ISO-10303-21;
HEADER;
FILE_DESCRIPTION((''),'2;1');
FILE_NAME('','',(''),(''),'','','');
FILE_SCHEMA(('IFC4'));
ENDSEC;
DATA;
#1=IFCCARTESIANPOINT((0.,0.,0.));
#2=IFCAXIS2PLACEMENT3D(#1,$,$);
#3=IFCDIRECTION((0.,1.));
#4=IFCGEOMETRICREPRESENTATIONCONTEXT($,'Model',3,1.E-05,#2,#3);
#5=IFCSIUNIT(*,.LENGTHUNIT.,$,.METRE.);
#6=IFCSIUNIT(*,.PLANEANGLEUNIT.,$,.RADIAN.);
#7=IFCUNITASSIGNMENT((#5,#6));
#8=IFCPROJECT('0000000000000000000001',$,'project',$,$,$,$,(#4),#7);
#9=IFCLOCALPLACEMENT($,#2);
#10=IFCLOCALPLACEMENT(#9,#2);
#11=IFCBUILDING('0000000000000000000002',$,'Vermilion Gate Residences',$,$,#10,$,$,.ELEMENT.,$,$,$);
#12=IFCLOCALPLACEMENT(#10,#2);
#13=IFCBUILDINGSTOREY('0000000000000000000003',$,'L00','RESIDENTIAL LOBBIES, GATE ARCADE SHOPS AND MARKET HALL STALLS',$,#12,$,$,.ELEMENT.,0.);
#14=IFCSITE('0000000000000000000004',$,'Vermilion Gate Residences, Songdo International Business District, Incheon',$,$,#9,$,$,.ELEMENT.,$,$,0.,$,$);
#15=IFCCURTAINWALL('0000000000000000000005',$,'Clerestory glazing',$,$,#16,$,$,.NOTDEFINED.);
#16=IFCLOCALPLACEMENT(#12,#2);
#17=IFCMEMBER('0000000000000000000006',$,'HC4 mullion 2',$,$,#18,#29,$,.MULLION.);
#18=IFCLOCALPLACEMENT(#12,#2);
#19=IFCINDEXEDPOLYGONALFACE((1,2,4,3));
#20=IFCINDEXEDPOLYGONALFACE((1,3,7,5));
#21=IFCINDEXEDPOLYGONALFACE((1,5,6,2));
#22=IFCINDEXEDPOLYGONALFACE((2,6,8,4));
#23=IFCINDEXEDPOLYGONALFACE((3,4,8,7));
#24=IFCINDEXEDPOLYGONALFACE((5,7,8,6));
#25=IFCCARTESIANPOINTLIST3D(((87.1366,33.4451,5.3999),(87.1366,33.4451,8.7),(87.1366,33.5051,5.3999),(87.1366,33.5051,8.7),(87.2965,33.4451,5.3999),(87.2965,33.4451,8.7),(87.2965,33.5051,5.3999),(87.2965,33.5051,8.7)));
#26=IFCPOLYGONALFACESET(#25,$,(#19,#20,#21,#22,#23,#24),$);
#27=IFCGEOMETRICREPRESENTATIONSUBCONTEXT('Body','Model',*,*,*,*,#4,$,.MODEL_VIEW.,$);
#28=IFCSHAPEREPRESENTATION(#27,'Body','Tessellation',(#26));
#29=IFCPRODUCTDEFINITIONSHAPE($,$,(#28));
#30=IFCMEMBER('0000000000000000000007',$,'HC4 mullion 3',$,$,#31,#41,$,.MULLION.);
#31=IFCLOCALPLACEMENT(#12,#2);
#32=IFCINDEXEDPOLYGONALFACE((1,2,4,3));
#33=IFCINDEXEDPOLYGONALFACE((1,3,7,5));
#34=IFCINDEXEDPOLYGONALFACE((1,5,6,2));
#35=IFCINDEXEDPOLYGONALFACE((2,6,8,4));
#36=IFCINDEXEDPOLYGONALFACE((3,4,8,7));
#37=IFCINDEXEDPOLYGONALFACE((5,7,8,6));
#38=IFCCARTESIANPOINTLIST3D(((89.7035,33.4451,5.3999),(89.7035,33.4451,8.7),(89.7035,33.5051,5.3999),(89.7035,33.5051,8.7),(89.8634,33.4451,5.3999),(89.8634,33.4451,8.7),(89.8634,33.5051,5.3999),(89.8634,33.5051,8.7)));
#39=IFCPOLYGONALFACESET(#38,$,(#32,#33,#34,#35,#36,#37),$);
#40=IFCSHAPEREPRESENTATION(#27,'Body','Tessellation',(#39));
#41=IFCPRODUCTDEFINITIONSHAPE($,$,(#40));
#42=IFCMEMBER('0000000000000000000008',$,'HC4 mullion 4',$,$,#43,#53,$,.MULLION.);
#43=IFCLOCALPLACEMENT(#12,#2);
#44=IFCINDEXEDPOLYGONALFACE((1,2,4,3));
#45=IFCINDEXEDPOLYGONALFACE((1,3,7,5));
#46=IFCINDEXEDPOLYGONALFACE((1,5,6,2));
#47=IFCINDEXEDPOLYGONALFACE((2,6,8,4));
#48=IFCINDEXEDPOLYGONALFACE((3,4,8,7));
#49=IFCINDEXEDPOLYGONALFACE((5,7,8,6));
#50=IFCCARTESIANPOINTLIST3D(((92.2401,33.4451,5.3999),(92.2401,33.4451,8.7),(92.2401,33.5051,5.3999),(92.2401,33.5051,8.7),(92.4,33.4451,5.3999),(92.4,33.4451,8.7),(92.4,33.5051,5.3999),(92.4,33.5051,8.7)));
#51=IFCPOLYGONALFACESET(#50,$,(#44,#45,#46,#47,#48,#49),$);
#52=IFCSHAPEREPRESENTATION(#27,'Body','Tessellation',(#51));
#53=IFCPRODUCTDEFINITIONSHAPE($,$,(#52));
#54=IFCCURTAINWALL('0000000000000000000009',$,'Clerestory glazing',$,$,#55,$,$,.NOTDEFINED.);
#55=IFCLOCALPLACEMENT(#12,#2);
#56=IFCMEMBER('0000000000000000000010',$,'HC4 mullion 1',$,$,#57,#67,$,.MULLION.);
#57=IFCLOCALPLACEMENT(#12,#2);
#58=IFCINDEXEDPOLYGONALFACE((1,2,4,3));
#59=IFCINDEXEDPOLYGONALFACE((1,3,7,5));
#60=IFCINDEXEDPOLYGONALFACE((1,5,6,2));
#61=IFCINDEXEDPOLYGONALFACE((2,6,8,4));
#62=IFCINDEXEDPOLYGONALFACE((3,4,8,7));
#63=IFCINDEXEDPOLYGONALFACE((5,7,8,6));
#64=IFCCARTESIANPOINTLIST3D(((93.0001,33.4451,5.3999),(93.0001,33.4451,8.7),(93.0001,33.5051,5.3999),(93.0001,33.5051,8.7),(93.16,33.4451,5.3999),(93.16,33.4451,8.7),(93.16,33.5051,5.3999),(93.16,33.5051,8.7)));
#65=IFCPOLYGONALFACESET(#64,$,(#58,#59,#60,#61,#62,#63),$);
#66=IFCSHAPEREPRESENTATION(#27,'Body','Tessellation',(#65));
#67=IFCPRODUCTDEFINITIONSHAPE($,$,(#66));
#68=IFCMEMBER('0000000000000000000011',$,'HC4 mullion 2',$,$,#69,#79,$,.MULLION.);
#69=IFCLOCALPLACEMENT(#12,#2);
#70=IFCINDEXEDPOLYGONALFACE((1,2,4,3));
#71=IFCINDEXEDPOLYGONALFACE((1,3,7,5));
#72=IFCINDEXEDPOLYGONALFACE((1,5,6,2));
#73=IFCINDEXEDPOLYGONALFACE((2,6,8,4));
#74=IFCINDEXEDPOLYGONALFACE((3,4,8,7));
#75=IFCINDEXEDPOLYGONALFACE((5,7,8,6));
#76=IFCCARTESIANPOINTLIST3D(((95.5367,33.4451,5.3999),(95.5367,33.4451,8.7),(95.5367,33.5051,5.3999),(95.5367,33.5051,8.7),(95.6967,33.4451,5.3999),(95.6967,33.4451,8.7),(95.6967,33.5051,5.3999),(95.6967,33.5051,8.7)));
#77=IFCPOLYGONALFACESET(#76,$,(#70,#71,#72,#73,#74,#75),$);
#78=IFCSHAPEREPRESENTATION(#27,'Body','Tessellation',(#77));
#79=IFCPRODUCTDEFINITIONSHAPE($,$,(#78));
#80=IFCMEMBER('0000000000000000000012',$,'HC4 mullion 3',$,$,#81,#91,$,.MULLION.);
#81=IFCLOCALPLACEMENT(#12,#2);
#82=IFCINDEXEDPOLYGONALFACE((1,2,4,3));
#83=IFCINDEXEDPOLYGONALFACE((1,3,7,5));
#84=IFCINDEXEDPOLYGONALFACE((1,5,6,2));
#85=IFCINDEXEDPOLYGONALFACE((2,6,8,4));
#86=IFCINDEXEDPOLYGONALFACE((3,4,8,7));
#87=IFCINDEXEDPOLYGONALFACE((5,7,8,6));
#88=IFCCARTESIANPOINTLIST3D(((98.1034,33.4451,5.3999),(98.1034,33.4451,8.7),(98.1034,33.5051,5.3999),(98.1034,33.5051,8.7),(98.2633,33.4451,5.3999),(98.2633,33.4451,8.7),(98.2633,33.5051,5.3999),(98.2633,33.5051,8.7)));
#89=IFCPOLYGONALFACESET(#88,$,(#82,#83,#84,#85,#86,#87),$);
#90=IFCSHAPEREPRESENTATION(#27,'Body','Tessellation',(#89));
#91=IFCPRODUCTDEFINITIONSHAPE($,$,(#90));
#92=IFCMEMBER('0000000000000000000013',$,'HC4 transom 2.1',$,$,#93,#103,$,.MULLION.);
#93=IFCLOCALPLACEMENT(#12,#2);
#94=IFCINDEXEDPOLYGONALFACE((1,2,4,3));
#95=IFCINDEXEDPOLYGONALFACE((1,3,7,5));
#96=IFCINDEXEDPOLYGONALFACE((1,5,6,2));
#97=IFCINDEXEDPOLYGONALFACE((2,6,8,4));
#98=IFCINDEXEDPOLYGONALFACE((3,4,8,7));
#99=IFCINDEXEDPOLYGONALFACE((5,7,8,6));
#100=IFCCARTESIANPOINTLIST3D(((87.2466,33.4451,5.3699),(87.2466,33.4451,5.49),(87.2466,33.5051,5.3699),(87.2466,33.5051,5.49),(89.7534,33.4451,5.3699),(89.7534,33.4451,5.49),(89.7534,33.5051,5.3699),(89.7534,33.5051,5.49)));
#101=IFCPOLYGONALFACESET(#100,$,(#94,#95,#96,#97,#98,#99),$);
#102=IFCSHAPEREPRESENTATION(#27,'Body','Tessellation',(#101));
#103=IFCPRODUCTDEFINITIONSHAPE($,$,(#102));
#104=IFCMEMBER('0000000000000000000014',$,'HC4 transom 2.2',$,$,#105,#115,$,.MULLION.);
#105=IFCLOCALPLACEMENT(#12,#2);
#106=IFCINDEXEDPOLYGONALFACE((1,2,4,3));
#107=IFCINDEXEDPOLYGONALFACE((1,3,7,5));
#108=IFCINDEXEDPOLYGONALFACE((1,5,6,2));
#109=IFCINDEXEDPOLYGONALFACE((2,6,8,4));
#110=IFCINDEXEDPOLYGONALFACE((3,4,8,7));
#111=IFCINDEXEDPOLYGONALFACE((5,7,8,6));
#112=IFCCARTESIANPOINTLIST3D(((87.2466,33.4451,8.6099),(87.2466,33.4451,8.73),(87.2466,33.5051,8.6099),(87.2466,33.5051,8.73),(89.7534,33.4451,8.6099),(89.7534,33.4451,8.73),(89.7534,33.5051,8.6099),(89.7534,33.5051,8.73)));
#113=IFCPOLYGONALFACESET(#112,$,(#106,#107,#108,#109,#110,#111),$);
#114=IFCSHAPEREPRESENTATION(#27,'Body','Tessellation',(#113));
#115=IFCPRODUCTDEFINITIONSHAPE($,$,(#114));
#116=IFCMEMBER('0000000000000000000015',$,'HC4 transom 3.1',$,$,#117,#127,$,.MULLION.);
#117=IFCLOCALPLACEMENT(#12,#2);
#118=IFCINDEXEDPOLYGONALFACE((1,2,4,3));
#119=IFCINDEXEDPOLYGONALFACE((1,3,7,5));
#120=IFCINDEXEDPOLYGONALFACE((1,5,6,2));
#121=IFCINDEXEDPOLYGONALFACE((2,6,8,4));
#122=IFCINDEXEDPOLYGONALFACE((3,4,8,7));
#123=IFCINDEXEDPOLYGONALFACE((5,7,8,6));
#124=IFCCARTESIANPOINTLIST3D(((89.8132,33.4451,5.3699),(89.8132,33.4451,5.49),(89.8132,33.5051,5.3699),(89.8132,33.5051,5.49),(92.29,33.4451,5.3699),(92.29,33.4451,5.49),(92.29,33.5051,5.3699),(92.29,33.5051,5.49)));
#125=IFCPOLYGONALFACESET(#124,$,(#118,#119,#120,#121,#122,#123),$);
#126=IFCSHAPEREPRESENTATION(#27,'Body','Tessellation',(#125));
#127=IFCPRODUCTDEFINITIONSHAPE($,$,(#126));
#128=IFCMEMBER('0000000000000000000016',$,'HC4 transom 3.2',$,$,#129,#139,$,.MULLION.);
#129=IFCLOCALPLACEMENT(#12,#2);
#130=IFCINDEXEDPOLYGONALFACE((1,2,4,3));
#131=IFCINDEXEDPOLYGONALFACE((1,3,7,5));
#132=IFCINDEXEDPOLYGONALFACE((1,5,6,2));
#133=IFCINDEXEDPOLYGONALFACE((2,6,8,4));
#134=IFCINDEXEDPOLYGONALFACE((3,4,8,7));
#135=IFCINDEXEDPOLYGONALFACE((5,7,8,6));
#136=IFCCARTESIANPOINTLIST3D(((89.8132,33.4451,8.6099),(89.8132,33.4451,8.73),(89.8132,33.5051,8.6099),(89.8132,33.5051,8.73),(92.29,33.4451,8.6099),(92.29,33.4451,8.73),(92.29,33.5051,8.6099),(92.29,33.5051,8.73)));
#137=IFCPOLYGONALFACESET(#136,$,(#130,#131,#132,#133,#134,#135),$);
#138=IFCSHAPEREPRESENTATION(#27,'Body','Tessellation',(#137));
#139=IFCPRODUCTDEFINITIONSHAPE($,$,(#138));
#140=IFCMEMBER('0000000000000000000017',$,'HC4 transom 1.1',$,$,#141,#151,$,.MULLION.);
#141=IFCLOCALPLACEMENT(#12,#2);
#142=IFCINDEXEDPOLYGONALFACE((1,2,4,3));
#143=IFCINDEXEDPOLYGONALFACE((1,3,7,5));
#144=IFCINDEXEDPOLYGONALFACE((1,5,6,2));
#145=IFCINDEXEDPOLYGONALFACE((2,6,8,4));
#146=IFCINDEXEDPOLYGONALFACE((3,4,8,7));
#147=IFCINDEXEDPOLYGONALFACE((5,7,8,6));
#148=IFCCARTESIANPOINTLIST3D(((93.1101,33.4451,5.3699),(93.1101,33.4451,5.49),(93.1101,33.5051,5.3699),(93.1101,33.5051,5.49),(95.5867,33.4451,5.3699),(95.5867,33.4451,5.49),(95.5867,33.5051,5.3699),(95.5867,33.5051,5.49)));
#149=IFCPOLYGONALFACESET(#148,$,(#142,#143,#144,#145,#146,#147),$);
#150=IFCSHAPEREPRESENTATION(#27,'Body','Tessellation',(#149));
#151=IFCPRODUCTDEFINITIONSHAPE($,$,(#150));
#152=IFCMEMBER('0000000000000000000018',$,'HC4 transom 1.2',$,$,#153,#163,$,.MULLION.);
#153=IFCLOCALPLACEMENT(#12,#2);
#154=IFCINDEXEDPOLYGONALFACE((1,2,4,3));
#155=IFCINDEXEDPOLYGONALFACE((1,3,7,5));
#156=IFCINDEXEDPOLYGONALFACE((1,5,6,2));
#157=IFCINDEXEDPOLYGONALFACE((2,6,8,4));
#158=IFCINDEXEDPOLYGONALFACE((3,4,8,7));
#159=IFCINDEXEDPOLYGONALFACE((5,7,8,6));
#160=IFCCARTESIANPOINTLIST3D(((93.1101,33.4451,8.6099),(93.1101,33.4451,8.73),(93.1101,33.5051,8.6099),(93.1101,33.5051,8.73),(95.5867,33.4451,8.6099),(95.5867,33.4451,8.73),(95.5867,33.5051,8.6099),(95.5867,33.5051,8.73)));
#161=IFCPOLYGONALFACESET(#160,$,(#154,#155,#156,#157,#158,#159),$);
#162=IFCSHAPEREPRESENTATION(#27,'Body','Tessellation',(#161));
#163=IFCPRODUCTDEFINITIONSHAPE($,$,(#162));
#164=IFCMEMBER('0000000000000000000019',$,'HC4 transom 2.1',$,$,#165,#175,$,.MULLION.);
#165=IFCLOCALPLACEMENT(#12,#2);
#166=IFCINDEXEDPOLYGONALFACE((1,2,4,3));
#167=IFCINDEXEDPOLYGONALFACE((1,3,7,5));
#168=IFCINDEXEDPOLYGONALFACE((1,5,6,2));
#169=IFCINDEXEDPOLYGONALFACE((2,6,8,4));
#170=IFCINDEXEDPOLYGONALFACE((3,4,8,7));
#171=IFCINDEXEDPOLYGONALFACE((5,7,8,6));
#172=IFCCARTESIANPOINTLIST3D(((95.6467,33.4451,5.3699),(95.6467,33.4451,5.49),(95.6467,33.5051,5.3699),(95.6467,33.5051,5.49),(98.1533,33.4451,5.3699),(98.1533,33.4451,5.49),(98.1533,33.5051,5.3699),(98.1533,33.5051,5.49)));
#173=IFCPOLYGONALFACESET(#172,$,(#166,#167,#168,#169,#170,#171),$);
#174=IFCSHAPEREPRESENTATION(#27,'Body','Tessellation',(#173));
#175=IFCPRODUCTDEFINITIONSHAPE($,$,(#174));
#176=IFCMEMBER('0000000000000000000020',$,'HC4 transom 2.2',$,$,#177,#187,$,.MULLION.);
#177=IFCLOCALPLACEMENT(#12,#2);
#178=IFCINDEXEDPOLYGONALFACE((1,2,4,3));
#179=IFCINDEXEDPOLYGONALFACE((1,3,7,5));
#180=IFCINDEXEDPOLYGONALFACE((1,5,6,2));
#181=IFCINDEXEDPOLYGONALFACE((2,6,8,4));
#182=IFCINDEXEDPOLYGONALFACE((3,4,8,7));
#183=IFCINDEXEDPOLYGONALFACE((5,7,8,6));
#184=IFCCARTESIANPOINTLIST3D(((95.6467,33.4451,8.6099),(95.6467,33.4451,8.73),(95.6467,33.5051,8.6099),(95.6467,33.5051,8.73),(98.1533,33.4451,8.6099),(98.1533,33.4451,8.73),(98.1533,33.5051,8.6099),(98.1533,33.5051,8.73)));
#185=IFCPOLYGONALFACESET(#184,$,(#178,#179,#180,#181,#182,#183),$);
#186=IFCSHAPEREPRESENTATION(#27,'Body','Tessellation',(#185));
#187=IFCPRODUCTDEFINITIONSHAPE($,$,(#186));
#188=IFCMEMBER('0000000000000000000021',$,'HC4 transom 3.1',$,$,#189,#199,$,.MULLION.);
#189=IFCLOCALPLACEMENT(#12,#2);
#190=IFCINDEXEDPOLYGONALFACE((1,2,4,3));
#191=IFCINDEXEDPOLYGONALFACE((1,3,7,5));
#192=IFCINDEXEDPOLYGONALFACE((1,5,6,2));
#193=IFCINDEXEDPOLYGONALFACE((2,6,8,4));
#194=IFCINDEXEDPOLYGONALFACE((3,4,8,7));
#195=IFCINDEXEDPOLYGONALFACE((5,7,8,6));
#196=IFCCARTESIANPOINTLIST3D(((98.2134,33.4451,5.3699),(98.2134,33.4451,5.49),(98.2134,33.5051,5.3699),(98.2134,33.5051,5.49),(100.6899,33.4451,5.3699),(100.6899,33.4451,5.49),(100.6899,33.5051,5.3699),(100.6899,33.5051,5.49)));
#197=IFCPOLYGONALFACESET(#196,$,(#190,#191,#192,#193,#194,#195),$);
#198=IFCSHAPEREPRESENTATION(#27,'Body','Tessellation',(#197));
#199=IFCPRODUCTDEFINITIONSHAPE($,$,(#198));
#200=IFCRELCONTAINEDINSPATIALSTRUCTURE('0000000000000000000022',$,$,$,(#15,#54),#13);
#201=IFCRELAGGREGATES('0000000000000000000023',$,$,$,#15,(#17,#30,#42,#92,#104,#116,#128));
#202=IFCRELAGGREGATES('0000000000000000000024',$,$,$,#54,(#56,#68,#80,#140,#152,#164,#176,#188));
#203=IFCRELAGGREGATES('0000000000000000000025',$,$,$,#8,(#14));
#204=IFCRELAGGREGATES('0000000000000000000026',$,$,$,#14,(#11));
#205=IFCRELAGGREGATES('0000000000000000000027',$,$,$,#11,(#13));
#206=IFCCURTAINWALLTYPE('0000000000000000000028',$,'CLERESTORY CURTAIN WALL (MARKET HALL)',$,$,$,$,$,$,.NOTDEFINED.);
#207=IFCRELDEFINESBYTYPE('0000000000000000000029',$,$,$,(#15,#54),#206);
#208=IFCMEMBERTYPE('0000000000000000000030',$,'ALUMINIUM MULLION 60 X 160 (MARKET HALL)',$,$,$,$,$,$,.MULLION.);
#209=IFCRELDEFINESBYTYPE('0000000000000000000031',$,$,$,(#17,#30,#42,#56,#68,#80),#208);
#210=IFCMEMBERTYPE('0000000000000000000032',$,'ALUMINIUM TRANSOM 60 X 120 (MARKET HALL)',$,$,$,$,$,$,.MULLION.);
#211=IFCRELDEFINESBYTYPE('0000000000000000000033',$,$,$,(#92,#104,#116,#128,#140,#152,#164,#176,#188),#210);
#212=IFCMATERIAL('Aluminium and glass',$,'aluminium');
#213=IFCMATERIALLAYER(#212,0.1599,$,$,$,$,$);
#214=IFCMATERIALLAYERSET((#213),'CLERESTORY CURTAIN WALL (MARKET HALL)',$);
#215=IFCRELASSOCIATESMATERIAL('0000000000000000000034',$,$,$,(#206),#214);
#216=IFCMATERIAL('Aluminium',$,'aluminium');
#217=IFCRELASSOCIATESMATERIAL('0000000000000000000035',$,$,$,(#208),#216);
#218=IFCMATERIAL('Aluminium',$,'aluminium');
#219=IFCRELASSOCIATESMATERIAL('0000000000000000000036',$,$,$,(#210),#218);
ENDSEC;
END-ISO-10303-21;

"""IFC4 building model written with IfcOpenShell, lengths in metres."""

from ifc_helpers import new_model, si_unit, direction, frame, origin, origin_2d, place, context, subcontext, project, spatial, rectangle, extrude, material, layer, layer_set, material_profile, profile_set, type_object, element, aggregate, save


model = new_model("IFC4")

# Units and contexts
model_context = context("Model", 3, precision=1e-05, world=origin(), true_north=direction((0.0, 1.0)))
body_context = subcontext(model_context, "Body", "Model", "MODEL_VIEW")
ifc_project = project(units=[si_unit("LENGTHUNIT", "METRE"), si_unit("PLANEANGLEUNIT", "RADIAN")], contexts=[model_context])

# Site, building, storey
site_placement = place(None, origin())
site = spatial("IfcSite", under=ifc_project, at=site_placement, Name="Vermilion Gate Residences, Songdo International Business District, Incheon", CompositionType="ELEMENT", RefElevation=0.0)
building_placement = place(site_placement, origin())
building = spatial("IfcBuilding", under=site, at=building_placement, Name="Vermilion Gate Residences", CompositionType="ELEMENT")
storey_placement = place(building_placement, origin())
storey = spatial("IfcBuildingStorey", under=building, at=storey_placement, Name="L00", Description="RESIDENTIAL LOBBIES, GATE ARCADE SHOPS AND MARKET HALL STALLS", CompositionType="ELEMENT", Elevation=0.0)

# Curtain walls, members
ifc_material_1 = material(Name="Aluminium and glass", Category="aluminium")
ifc_layer_1 = layer(ifc_material_1, 0.1599)
ifc_layer_set_1 = layer_set([ifc_layer_1], Name="CLERESTORY CURTAIN WALL (MARKET HALL)")
curtain_wall_type = type_object("IfcCurtainWallType", Name="CLERESTORY CURTAIN WALL (MARKET HALL)", PredefinedType="NOTDEFINED", material=ifc_layer_set_1)
curtain_wall_1_placement = place(storey_placement, origin())
curtain_wall_1 = element("IfcCurtainWall", 1, at=curtain_wall_1_placement, inside=storey, type_object=curtain_wall_type, Name="Clerestory glazing", PredefinedType="NOTDEFINED")
ifc_material_2 = material(Name="Aluminium", Category="aluminium")
ifc_material_profile_1 = material_profile(ifc_material_2, rectangle(XDim=0.0601, YDim=0.1599, at=origin_2d()), Name="ALUMINIUM MULLION 60 X 160 (MARKET HALL)")
ifc_profile_set_1 = profile_set([ifc_material_profile_1], Name="Aluminium")
member_type_1 = type_object("IfcMemberType", Name="ALUMINIUM MULLION 60 X 160 (MARKET HALL)", PredefinedType="MULLION", material=ifc_profile_set_1)
member_1_placement = place(storey_placement, frame((87.2166, 33.4751, 5.3999), z_axis=(0.0, 0.0, 1.0), x_axis=(0.0, 1.0, 0.0)))
member_1 = element("IfcMember", 2, at=member_1_placement, type_object=member_type_1, Name="HC4 mullion 2", PredefinedType="MULLION", context=body_context, shape_type="SweptSolid", body=[
    extrude(rectangle(XDim=0.0601, YDim=0.1599, at=origin_2d()), origin(), (0.0, 0.0, 1.0), 3.3),
])
member_2_placement = place(storey_placement, frame((89.7834, 33.4751, 5.3999), z_axis=(0.0, 0.0, 1.0), x_axis=(0.0, 1.0, 0.0)))
member_2 = element("IfcMember", 3, at=member_2_placement, type_object=member_type_1, Name="HC4 mullion 3", PredefinedType="MULLION", context=body_context, shape_type="SweptSolid", body=[
    extrude(rectangle(XDim=0.0601, YDim=0.1599, at=origin_2d()), origin(), (0.0, 0.0, 1.0), 3.3),
])
member_3_placement = place(storey_placement, frame((92.3201, 33.4751, 5.3999), z_axis=(0.0, 0.0, 1.0), x_axis=(0.0, 1.0, 0.0)))
member_3 = element("IfcMember", 4, at=member_3_placement, type_object=member_type_1, Name="HC4 mullion 4", PredefinedType="MULLION", context=body_context, shape_type="SweptSolid", body=[
    extrude(rectangle(XDim=0.0601, YDim=0.1599, at=origin_2d()), origin(), (0.0, 0.0, 1.0), 3.3),
])
curtain_wall_2_placement = place(storey_placement, origin())
curtain_wall_2 = element("IfcCurtainWall", 5, at=curtain_wall_2_placement, inside=storey, type_object=curtain_wall_type, Name="Clerestory glazing", PredefinedType="NOTDEFINED")
member_4_placement = place(storey_placement, frame((93.0801, 33.4751, 5.3999), z_axis=(0.0, 0.0, 1.0), x_axis=(0.0, 1.0, 0.0)))
member_4 = element("IfcMember", 6, at=member_4_placement, type_object=member_type_1, Name="HC4 mullion 1", PredefinedType="MULLION", context=body_context, shape_type="SweptSolid", body=[
    extrude(rectangle(XDim=0.0601, YDim=0.1599, at=origin_2d()), origin(), (0.0, 0.0, 1.0), 3.3),
])
member_5_placement = place(storey_placement, frame((95.6167, 33.4751, 5.3999), z_axis=(0.0, 0.0, 1.0), x_axis=(0.0, 1.0, 0.0)))
member_5 = element("IfcMember", 7, at=member_5_placement, type_object=member_type_1, Name="HC4 mullion 2", PredefinedType="MULLION", context=body_context, shape_type="SweptSolid", body=[
    extrude(rectangle(XDim=0.0601, YDim=0.1599, at=origin_2d()), origin(), (0.0, 0.0, 1.0), 3.3),
])
member_6_placement = place(storey_placement, frame((98.1833, 33.4751, 5.3999), z_axis=(0.0, 0.0, 1.0), x_axis=(0.0, 1.0, 0.0)))
member_6 = element("IfcMember", 8, at=member_6_placement, type_object=member_type_1, Name="HC4 mullion 3", PredefinedType="MULLION", context=body_context, shape_type="SweptSolid", body=[
    extrude(rectangle(XDim=0.0601, YDim=0.1599, at=origin_2d()), origin(), (0.0, 0.0, 1.0), 3.3),
])

# Members
ifc_material_3 = material(Name="Aluminium", Category="aluminium")
ifc_material_profile_2 = material_profile(ifc_material_3, rectangle(XDim=0.0601, YDim=0.1201, at=origin_2d()), Name="ALUMINIUM TRANSOM 60 X 120 (MARKET HALL)")
ifc_profile_set_2 = profile_set([ifc_material_profile_2], Name="Aluminium")
member_type_2 = type_object("IfcMemberType", Name="ALUMINIUM TRANSOM 60 X 120 (MARKET HALL)", PredefinedType="MULLION", material=ifc_profile_set_2)
member_7_placement = place(storey_placement, frame((87.2466, 33.4751, 5.4299), z_axis=(1.0, 0.0, 0.0), x_axis=(0.0, 1.0, 0.0)))
member_7 = element("IfcMember", 9, at=member_7_placement, type_object=member_type_2, Name="HC4 transom 2.1", PredefinedType="MULLION", context=body_context, shape_type="SweptSolid", body=[
    extrude(rectangle(XDim=0.0601, YDim=0.1201, at=origin_2d()), origin(), (0.0, 0.0, 1.0), 2.5068),
])
member_8_placement = place(storey_placement, frame((87.2466, 33.4751, 8.6699), z_axis=(1.0, 0.0, 0.0), x_axis=(0.0, 1.0, 0.0)))
member_8 = element("IfcMember", 10, at=member_8_placement, type_object=member_type_2, Name="HC4 transom 2.2", PredefinedType="MULLION", context=body_context, shape_type="SweptSolid", body=[
    extrude(rectangle(XDim=0.0601, YDim=0.1201, at=origin_2d()), origin(), (0.0, 0.0, 1.0), 2.5068),
])
member_9_placement = place(storey_placement, frame((89.8132, 33.4751, 5.4299), z_axis=(1.0, 0.0, 0.0), x_axis=(0.0, 1.0, 0.0)))
member_9 = element("IfcMember", 11, at=member_9_placement, type_object=member_type_2, Name="HC4 transom 3.1", PredefinedType="MULLION", context=body_context, shape_type="SweptSolid", body=[
    extrude(rectangle(XDim=0.0601, YDim=0.1201, at=origin_2d()), origin(), (0.0, 0.0, 1.0), 2.4768),
])
member_10_placement = place(storey_placement, frame((89.8132, 33.4751, 8.6699), z_axis=(1.0, 0.0, 0.0), x_axis=(0.0, 1.0, 0.0)))
member_10 = element("IfcMember", 12, at=member_10_placement, type_object=member_type_2, Name="HC4 transom 3.2", PredefinedType="MULLION", context=body_context, shape_type="SweptSolid", body=[
    extrude(rectangle(XDim=0.0601, YDim=0.1201, at=origin_2d()), origin(), (0.0, 0.0, 1.0), 2.4768),
])
member_11_placement = place(storey_placement, frame((93.1101, 33.4751, 5.4299), z_axis=(1.0, 0.0, 0.0), x_axis=(0.0, 1.0, 0.0)))
member_11 = element("IfcMember", 13, at=member_11_placement, type_object=member_type_2, Name="HC4 transom 1.1", PredefinedType="MULLION", context=body_context, shape_type="SweptSolid", body=[
    extrude(rectangle(XDim=0.0601, YDim=0.1201, at=origin_2d()), origin(), (0.0, 0.0, 1.0), 2.4766),
])
member_12_placement = place(storey_placement, frame((93.1101, 33.4751, 8.6699), z_axis=(1.0, 0.0, 0.0), x_axis=(0.0, 1.0, 0.0)))
member_12 = element("IfcMember", 14, at=member_12_placement, type_object=member_type_2, Name="HC4 transom 1.2", PredefinedType="MULLION", context=body_context, shape_type="SweptSolid", body=[
    extrude(rectangle(XDim=0.0601, YDim=0.1201, at=origin_2d()), origin(), (0.0, 0.0, 1.0), 2.4766),
])
member_13_placement = place(storey_placement, frame((95.6467, 33.4751, 5.4299), z_axis=(1.0, 0.0, 0.0), x_axis=(0.0, 1.0, 0.0)))
member_13 = element("IfcMember", 15, at=member_13_placement, type_object=member_type_2, Name="HC4 transom 2.1", PredefinedType="MULLION", context=body_context, shape_type="SweptSolid", body=[
    extrude(rectangle(XDim=0.0601, YDim=0.1201, at=origin_2d()), origin(), (0.0, 0.0, 1.0), 2.5066),
])
member_14_placement = place(storey_placement, frame((95.6467, 33.4751, 8.6699), z_axis=(1.0, 0.0, 0.0), x_axis=(0.0, 1.0, 0.0)))
member_14 = element("IfcMember", 16, at=member_14_placement, type_object=member_type_2, Name="HC4 transom 2.2", PredefinedType="MULLION", context=body_context, shape_type="SweptSolid", body=[
    extrude(rectangle(XDim=0.0601, YDim=0.1201, at=origin_2d()), origin(), (0.0, 0.0, 1.0), 2.5066),
])
member_15_placement = place(storey_placement, frame((98.2134, 33.4751, 5.4299), z_axis=(1.0, 0.0, 0.0), x_axis=(0.0, 1.0, 0.0)))
member_15 = element("IfcMember", 17, at=member_15_placement, type_object=member_type_2, Name="HC4 transom 3.1", PredefinedType="MULLION", context=body_context, shape_type="SweptSolid", body=[
    extrude(rectangle(XDim=0.0601, YDim=0.1201, at=origin_2d()), origin(), (0.0, 0.0, 1.0), 2.4766),
])

aggregate(curtain_wall_1, [member_1, member_2, member_3, member_7, member_8, member_9, member_10])
aggregate(curtain_wall_2, [member_4, member_5, member_6, member_11, member_12, member_13, member_14, member_15])

save(model, "model.ifc")
